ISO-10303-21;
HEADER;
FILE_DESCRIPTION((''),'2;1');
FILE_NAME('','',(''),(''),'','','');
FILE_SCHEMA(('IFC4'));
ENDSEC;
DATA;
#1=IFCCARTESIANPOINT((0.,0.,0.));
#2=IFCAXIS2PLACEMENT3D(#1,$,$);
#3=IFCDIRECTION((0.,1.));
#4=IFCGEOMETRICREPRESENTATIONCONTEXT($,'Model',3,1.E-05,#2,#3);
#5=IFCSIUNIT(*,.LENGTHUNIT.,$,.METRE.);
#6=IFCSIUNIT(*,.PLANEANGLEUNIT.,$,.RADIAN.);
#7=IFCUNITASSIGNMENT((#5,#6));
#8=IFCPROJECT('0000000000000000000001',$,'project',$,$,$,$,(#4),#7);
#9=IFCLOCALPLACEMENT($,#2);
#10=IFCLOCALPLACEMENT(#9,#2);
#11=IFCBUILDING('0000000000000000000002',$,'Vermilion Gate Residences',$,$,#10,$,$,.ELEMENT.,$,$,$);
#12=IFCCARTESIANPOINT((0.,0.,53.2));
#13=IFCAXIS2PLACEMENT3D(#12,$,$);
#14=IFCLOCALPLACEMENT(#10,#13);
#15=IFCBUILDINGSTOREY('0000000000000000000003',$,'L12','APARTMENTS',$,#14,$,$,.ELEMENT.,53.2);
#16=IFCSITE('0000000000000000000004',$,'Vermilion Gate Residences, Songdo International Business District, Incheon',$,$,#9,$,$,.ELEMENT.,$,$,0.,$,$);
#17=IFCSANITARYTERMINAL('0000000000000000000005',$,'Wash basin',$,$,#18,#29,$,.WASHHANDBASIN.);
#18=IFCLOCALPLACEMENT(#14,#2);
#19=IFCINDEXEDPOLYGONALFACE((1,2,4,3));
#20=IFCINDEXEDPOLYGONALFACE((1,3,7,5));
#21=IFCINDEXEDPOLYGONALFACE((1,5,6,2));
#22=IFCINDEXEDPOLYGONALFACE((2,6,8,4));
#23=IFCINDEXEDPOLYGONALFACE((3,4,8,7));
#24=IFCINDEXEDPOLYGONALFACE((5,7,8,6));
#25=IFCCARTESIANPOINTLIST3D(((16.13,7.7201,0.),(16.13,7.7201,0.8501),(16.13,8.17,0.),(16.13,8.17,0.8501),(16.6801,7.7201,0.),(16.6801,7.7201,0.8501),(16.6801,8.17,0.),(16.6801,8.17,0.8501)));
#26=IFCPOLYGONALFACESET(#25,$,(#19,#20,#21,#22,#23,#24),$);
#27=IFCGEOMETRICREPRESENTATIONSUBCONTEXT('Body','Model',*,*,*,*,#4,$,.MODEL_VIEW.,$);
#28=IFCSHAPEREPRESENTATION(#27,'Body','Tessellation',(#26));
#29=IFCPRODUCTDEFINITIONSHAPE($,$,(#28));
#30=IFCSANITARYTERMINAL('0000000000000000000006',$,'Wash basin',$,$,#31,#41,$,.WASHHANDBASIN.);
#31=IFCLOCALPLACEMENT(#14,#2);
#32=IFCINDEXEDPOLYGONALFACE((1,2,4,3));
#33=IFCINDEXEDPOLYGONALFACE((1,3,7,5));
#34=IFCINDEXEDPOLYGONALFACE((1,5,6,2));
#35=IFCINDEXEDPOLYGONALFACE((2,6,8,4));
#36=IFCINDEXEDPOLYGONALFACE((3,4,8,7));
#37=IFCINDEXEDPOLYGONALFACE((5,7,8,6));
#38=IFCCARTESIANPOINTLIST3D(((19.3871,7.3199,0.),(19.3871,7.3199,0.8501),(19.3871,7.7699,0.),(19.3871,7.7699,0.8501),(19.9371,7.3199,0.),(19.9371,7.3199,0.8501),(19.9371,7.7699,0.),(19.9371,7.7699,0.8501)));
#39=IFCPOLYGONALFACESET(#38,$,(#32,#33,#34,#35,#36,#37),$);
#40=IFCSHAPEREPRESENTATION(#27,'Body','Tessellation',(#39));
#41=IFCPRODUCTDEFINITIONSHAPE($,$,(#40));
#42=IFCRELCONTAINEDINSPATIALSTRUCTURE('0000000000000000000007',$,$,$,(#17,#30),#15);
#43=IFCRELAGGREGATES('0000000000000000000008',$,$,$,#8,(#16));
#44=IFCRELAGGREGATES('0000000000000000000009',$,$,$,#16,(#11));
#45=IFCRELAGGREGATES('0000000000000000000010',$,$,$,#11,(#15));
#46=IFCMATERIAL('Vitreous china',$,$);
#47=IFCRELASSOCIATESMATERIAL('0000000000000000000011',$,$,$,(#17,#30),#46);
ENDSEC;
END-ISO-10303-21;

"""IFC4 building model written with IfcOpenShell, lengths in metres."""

from ifc_helpers import new_model, si_unit, direction, frame, origin, origin_2d, place, context, subcontext, project, spatial, rectangle, extrude, material, element, save


model = new_model("IFC4")

# Units and contexts
model_context = context("Model", 3, precision=1e-05, world=origin(), true_north=direction((0.0, 1.0)))
body_context = subcontext(model_context, "Body", "Model", "MODEL_VIEW")
ifc_project = project(units=[si_unit("LENGTHUNIT", "METRE"), si_unit("PLANEANGLEUNIT", "RADIAN")], contexts=[model_context])

# Site, building, storey
site_placement = place(None, origin())
site = spatial("IfcSite", under=ifc_project, at=site_placement, Name="Vermilion Gate Residences, Songdo International Business District, Incheon", CompositionType="ELEMENT", RefElevation=0.0)
building_placement = place(site_placement, origin())
building = spatial("IfcBuilding", under=site, at=building_placement, Name="Vermilion Gate Residences", CompositionType="ELEMENT")
storey_placement = place(building_placement, frame((0.0, 0.0, 53.2)))
storey = spatial("IfcBuildingStorey", under=building, at=storey_placement, Name="L12", Description="APARTMENTS", CompositionType="ELEMENT", Elevation=53.2)

# Sanitary terminals
ifc_material_1 = material(Name="Vitreous china")
for number, where, z_axis, x_axis, name in (
    (1, (16.405, 7.9451, 0.0), (0.0, 0.0, 1.0), (1.0, 0.0, 0.0), "Wash basin"),
    (2, (19.6621, 7.5449, 0.0), (0.0, 0.0, 1.0), (1.0, 0.0, 0.0), "Wash basin"),
):
    element("IfcSanitaryTerminal", number, at=place(storey_placement, frame(where, z_axis=z_axis, x_axis=x_axis)), inside=storey, material=ifc_material_1, Name=name, PredefinedType="WASHHANDBASIN", context=body_context, shape_type="SweptSolid", body=[
        extrude(rectangle(XDim=0.55, YDim=0.45, at=origin_2d()), origin(), (0.0, 0.0, 1.0), 0.8501),
    ])

save(model, "model.ifc")
